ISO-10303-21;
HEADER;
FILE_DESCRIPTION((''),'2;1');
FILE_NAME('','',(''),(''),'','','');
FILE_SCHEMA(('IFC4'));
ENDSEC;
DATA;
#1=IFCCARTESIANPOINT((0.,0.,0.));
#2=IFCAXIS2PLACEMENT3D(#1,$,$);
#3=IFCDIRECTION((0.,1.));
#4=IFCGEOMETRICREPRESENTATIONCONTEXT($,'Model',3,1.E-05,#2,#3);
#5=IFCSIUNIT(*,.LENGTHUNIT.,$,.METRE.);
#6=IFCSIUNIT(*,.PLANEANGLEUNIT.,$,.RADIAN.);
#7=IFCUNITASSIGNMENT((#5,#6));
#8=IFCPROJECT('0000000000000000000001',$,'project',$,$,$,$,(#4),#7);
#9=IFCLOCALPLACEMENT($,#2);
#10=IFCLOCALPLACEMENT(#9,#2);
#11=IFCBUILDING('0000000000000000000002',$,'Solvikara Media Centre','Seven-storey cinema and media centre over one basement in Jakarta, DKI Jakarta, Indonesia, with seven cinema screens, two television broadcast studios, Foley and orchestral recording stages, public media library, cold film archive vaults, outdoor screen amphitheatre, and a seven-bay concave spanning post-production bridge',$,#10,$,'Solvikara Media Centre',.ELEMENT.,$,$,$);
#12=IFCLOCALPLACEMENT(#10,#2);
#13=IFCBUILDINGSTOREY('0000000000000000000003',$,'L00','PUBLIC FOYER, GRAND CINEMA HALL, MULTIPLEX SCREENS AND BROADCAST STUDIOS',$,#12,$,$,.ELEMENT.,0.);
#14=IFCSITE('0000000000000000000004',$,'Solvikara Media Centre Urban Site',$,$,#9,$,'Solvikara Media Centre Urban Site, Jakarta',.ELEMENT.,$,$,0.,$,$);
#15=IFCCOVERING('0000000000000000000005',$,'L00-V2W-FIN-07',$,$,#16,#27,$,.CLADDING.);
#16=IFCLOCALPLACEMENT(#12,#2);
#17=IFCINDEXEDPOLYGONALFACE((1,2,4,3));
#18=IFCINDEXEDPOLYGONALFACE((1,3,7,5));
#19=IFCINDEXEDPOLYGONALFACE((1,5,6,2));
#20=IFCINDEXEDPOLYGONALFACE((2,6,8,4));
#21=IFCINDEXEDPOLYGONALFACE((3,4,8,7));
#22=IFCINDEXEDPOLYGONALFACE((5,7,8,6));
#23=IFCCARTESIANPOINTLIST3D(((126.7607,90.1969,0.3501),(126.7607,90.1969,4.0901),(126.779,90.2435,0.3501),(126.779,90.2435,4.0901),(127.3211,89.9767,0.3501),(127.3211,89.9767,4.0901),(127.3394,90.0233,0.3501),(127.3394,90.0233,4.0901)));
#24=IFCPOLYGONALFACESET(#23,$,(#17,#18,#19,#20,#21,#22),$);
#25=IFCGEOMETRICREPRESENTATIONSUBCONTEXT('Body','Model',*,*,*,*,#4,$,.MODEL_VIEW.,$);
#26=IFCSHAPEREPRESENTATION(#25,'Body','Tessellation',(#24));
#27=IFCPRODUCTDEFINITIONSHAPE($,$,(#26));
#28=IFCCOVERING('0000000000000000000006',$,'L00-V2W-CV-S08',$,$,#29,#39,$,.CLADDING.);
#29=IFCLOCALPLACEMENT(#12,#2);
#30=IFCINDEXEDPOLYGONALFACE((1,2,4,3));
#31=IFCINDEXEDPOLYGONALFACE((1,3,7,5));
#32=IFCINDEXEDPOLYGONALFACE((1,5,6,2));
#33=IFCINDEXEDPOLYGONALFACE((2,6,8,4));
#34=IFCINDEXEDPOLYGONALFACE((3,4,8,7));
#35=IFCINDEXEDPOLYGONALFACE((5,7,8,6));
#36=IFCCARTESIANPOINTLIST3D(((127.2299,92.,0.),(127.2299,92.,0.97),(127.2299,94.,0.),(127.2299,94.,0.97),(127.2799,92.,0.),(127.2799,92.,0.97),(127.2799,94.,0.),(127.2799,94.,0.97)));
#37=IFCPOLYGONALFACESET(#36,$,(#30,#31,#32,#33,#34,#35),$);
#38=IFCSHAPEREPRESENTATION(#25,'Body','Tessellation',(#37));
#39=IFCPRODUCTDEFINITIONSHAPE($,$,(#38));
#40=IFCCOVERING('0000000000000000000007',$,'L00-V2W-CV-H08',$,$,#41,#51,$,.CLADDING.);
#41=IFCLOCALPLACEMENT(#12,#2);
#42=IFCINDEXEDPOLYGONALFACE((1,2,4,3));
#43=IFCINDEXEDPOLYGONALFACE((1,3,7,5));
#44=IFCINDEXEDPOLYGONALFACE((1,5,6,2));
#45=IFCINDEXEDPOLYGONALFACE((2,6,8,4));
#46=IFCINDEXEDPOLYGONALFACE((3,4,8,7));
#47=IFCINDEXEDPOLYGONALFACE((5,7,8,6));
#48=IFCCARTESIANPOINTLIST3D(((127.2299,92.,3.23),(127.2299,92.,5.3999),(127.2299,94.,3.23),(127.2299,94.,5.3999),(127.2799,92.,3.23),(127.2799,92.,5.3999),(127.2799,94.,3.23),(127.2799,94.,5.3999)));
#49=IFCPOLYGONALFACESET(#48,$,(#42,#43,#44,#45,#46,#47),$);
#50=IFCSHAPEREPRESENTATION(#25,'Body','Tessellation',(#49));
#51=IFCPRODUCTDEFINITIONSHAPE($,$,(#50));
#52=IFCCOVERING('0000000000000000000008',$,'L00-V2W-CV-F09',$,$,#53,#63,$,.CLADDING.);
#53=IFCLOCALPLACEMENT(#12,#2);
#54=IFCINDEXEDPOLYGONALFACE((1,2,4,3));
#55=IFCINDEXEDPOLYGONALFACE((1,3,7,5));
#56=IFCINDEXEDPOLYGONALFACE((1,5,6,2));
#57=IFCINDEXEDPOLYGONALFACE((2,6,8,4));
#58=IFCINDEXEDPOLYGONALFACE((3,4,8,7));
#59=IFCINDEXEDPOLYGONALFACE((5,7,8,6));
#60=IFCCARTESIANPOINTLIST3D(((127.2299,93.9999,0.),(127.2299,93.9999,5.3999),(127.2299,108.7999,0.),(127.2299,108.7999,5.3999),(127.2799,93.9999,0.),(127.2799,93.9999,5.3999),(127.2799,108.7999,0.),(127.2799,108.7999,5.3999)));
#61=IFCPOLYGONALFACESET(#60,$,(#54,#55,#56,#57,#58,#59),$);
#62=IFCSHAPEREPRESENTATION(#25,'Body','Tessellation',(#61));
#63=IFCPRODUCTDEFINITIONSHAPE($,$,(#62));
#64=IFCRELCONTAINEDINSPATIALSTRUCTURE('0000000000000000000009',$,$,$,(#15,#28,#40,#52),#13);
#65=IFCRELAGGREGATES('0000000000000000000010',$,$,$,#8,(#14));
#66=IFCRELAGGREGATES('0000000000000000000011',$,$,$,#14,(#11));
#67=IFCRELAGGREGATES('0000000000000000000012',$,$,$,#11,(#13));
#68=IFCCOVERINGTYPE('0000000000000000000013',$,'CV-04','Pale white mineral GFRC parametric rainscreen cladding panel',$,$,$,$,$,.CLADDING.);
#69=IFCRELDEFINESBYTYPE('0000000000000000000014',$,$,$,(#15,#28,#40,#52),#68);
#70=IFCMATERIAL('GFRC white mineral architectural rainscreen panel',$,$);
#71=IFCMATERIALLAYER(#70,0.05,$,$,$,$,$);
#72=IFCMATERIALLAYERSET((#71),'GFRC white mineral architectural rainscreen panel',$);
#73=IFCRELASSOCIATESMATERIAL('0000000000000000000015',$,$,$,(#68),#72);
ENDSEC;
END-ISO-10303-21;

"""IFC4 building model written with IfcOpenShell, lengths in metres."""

from ifc_helpers import new_model, si_unit, direction, frame, origin, origin_2d, place, context, subcontext, project, spatial, rectangle, extrude, material, layer, layer_set, type_object, element, save


model = new_model("IFC4")

# Units and contexts
model_context = context("Model", 3, precision=1e-05, world=origin(), true_north=direction((0.0, 1.0)))
body_context = subcontext(model_context, "Body", "Model", "MODEL_VIEW")
ifc_project = project(units=[si_unit("LENGTHUNIT", "METRE"), si_unit("PLANEANGLEUNIT", "RADIAN")], contexts=[model_context])

# Site, building, storey
site_placement = place(None, origin())
site = spatial("IfcSite", under=ifc_project, at=site_placement, Name="Solvikara Media Centre Urban Site", LongName="Solvikara Media Centre Urban Site, Jakarta", CompositionType="ELEMENT", RefElevation=0.0)
building_placement = place(site_placement, origin())
building = spatial("IfcBuilding", under=site, at=building_placement, Name="Solvikara Media Centre", Description="Seven-storey cinema and media centre over one basement in Jakarta, DKI Jakarta, Indonesia, with seven cinema screens, two television broadcast studios, Foley and orchestral recording stages, public media library, cold film archive vaults, outdoor screen amphitheatre, and a seven-bay concave spanning post-production bridge", LongName="Solvikara Media Centre", CompositionType="ELEMENT")
storey_placement = place(building_placement, origin())
storey = spatial("IfcBuildingStorey", under=building, at=storey_placement, Name="L00", Description="PUBLIC FOYER, GRAND CINEMA HALL, MULTIPLEX SCREENS AND BROADCAST STUDIOS", CompositionType="ELEMENT", Elevation=0.0)

# Coverings
ifc_material_1 = material(Name="GFRC white mineral architectural rainscreen panel")
ifc_layer_1 = layer(ifc_material_1, 0.05)
ifc_layer_set_1 = layer_set([ifc_layer_1], Name="GFRC white mineral architectural rainscreen panel")
covering_type = type_object("IfcCoveringType", Name="CV-04", Description="Pale white mineral GFRC parametric rainscreen cladding panel", PredefinedType="CLADDING", material=ifc_layer_set_1)
covering_1_placement = place(storey_placement, frame((127.05, 90.1101, 0.3501), z_axis=(0.0, 0.0, 1.0), x_axis=(-0.93075, 0.365657, 0.0)))
element("IfcCovering", 1, at=covering_1_placement, inside=storey, type_object=covering_type, Name="L00-V2W-FIN-07", PredefinedType="CLADDING", context=body_context, shape_type="SweptSolid", body=[
    extrude(rectangle(XDim=0.6021, YDim=0.05, at=origin_2d()), origin(), (0.0, 0.0, 1.0), 3.74),
])
covering_2_placement = place(storey_placement, frame((127.2549, 93.0, 0.0), z_axis=(0.0, 0.0, 1.0), x_axis=(0.0, 1.0, 0.0)))
element("IfcCovering", 2, at=covering_2_placement, inside=storey, type_object=covering_type, Name="L00-V2W-CV-S08", PredefinedType="CLADDING", context=body_context, shape_type="SweptSolid", body=[
    extrude(rectangle(XDim=2.0, YDim=0.05, at=origin_2d()), origin(), (0.0, 0.0, 1.0), 0.97),
])
covering_3_placement = place(storey_placement, frame((127.2549, 93.0, 3.23), z_axis=(0.0, 0.0, 1.0), x_axis=(0.0, 1.0, 0.0)))
element("IfcCovering", 3, at=covering_3_placement, inside=storey, type_object=covering_type, Name="L00-V2W-CV-H08", PredefinedType="CLADDING", context=body_context, shape_type="SweptSolid", body=[
    extrude(rectangle(XDim=2.0, YDim=0.05, at=origin_2d()), origin(), (0.0, 0.0, 1.0), 2.1699),
])
covering_4_placement = place(storey_placement, frame((127.2549, 101.3999, 0.0), z_axis=(0.0, 0.0, 1.0), x_axis=(0.0, 1.0, 0.0)))
element("IfcCovering", 4, at=covering_4_placement, inside=storey, type_object=covering_type, Name="L00-V2W-CV-F09", PredefinedType="CLADDING", context=body_context, shape_type="SweptSolid", body=[
    extrude(rectangle(XDim=14.8, YDim=0.05, at=origin_2d()), origin(), (0.0, 0.0, 1.0), 5.3999),
])

save(model, "model.ifc")
